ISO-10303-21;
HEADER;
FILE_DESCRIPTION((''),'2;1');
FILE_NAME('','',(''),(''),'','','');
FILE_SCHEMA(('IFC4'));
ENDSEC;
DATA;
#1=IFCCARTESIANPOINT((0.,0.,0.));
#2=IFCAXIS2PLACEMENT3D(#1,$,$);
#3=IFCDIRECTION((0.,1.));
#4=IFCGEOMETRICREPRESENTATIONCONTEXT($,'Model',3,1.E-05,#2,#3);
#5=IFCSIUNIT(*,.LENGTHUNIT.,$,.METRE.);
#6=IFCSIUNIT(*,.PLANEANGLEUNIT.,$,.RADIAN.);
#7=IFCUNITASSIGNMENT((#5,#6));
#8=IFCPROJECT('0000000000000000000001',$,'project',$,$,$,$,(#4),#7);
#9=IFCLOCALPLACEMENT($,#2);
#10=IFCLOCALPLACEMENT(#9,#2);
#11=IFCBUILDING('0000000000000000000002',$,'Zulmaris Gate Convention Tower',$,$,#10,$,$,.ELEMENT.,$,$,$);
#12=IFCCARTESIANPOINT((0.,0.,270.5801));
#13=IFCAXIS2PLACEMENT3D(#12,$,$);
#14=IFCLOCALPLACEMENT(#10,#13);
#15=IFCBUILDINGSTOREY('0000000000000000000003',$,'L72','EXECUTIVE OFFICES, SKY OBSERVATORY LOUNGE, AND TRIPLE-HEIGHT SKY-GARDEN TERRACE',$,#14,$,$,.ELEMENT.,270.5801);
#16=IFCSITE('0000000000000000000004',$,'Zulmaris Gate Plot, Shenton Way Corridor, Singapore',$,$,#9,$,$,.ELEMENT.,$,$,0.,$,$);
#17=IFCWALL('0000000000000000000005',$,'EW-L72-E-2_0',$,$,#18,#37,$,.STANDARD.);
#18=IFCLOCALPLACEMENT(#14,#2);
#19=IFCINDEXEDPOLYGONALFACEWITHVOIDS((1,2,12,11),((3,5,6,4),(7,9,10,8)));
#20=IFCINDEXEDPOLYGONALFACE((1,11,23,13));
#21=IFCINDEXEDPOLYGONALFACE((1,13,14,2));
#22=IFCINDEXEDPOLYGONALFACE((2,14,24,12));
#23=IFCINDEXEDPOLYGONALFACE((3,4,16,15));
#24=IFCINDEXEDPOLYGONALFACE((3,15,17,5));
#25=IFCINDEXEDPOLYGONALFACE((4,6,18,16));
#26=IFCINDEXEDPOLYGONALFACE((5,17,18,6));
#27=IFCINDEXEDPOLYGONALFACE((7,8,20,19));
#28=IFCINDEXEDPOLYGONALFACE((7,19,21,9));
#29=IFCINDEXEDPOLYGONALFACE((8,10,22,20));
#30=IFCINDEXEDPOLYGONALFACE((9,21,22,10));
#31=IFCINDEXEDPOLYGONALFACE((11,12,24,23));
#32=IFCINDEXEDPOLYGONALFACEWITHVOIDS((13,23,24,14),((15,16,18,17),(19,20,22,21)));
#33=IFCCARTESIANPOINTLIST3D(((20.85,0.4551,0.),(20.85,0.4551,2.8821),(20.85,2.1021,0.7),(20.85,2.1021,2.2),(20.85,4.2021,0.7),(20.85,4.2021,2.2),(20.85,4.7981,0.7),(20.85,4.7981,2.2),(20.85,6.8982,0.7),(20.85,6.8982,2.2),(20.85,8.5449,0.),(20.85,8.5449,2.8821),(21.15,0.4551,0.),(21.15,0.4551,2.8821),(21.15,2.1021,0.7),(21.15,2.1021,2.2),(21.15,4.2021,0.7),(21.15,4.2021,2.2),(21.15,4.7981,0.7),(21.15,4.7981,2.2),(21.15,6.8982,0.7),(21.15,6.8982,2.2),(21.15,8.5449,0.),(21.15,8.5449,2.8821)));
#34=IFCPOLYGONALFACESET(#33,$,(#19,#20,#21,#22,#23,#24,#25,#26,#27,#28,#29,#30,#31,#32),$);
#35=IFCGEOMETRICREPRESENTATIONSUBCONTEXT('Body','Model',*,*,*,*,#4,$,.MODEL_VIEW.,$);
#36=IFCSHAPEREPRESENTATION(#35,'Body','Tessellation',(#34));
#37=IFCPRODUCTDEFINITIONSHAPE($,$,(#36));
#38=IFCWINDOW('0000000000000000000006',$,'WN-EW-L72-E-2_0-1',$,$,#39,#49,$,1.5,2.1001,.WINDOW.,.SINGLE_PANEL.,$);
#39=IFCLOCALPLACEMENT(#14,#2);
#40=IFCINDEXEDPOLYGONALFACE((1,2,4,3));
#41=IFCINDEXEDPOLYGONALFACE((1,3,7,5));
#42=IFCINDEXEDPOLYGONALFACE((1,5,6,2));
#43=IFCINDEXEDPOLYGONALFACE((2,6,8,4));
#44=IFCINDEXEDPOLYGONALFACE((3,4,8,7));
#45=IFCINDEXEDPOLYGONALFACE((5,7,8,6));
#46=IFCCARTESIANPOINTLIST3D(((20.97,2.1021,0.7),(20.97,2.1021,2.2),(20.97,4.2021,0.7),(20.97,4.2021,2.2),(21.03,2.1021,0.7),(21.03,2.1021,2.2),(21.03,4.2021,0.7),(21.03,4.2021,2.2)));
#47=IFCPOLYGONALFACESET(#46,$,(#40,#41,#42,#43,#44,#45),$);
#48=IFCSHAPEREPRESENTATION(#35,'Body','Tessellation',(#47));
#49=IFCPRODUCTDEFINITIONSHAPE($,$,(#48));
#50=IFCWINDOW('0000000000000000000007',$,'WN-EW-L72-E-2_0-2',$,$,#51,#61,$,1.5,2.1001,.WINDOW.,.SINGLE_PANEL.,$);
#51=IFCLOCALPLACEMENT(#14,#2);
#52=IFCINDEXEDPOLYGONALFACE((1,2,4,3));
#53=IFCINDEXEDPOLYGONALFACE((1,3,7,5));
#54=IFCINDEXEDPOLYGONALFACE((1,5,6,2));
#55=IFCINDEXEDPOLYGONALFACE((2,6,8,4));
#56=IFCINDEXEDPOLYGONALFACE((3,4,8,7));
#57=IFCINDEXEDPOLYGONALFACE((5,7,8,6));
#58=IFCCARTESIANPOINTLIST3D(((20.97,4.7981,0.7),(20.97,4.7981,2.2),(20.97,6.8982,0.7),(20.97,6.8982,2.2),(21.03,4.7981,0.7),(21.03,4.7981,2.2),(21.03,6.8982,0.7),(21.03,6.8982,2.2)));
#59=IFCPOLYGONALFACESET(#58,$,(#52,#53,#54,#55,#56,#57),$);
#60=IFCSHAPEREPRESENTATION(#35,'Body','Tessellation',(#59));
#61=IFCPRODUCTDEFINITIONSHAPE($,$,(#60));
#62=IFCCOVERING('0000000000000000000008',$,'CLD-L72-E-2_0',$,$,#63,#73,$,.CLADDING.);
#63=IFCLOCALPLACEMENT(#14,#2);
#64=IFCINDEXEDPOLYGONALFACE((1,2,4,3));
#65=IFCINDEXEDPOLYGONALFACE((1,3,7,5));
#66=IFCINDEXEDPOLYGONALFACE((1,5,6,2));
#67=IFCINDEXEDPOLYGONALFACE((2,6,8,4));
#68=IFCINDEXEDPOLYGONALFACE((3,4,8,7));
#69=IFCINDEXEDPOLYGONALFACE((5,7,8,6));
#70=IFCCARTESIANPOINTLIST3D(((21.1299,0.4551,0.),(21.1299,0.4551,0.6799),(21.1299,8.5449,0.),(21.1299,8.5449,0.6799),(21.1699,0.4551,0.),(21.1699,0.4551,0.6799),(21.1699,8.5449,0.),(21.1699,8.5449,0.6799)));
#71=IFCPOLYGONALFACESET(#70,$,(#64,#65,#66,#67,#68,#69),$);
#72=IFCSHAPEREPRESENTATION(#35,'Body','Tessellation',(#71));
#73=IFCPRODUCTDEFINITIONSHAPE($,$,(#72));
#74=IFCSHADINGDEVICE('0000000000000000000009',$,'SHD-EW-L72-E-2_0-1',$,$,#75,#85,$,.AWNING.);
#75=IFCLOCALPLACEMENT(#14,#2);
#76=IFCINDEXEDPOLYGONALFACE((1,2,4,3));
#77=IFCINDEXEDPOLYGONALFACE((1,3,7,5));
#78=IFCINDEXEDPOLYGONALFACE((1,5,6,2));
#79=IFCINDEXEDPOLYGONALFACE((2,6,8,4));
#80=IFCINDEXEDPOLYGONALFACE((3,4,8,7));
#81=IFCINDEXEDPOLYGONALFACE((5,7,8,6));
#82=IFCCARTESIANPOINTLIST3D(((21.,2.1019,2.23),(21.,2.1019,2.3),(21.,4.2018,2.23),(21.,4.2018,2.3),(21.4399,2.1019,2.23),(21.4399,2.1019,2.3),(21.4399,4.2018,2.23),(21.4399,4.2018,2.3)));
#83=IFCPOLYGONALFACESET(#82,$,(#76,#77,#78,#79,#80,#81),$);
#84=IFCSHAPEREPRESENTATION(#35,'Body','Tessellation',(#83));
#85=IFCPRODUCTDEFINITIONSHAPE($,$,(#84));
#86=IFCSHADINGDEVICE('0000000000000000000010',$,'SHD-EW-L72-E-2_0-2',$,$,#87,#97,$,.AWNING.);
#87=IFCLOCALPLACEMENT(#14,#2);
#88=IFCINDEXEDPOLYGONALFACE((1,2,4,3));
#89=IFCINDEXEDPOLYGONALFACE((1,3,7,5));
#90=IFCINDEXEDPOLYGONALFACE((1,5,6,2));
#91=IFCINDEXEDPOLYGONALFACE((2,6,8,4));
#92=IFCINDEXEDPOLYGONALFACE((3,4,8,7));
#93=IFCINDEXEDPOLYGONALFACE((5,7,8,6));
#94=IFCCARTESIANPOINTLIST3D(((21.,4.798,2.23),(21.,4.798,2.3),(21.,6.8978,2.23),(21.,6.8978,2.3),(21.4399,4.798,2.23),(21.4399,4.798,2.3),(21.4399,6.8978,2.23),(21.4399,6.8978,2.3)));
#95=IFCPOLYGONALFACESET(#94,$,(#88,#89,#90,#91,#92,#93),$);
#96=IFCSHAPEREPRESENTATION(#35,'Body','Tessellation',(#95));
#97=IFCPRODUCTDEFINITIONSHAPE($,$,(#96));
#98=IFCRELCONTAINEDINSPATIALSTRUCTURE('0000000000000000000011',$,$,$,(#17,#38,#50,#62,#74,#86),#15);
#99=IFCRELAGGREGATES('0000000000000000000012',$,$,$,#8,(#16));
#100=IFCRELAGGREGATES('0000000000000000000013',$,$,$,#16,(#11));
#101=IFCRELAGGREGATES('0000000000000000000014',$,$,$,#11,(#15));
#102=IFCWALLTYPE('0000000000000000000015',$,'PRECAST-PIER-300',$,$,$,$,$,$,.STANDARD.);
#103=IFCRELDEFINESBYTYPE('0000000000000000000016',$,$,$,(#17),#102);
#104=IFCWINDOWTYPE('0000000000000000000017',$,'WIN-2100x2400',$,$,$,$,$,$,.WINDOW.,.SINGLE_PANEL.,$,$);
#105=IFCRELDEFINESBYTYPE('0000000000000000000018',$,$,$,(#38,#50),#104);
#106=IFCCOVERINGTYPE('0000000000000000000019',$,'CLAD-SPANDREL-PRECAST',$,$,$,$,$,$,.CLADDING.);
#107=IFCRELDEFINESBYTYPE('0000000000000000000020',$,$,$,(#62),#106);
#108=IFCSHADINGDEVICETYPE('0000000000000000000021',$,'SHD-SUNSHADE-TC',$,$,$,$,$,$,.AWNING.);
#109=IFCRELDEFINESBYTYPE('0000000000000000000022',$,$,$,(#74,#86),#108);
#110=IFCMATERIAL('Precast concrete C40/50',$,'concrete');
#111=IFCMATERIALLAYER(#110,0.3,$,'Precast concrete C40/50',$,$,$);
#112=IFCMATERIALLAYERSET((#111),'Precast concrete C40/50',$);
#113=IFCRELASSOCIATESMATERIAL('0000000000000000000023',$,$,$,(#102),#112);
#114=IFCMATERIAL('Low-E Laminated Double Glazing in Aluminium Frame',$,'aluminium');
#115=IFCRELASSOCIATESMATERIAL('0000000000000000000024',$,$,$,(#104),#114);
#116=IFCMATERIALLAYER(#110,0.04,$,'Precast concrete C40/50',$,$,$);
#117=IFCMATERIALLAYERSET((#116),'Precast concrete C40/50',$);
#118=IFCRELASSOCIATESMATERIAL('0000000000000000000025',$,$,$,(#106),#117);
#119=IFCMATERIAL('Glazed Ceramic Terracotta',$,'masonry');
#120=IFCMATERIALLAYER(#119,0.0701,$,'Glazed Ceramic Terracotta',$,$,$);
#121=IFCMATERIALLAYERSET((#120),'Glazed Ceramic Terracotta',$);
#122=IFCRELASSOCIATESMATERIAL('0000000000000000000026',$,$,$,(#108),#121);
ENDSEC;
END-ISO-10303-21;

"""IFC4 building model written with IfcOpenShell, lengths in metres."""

from ifc_helpers import new_model, si_unit, direction, frame, frame_2d, origin, place, context, subcontext, project, spatial, rectangle, extrude, material, layer, layer_set, type_object, element, fill, save


model = new_model("IFC4")

# Units and contexts
model_context = context("Model", 3, precision=1e-05, world=origin(), true_north=direction((0.0, 1.0)))
body_context = subcontext(model_context, "Body", "Model", "MODEL_VIEW")
ifc_project = project(units=[si_unit("LENGTHUNIT", "METRE"), si_unit("PLANEANGLEUNIT", "RADIAN")], contexts=[model_context])

# Site, building, storey
site_placement = place(None, origin())
site = spatial("IfcSite", under=ifc_project, at=site_placement, Name="Zulmaris Gate Plot, Shenton Way Corridor, Singapore", CompositionType="ELEMENT", RefElevation=0.0)
building_placement = place(site_placement, origin())
building = spatial("IfcBuilding", under=site, at=building_placement, Name="Zulmaris Gate Convention Tower", CompositionType="ELEMENT")
storey_placement = place(building_placement, frame((0.0, 0.0, 270.5801)))
storey = spatial("IfcBuildingStorey", under=building, at=storey_placement, Name="L72", Description="EXECUTIVE OFFICES, SKY OBSERVATORY LOUNGE, AND TRIPLE-HEIGHT SKY-GARDEN TERRACE", CompositionType="ELEMENT", Elevation=270.5801)

# Wall, openings, windows
ifc_material_1 = material(Name="Precast concrete C40/50", Category="concrete")
ifc_layer_1 = layer(ifc_material_1, 0.3, Name="Precast concrete C40/50")
ifc_layer_set_1 = layer_set([ifc_layer_1], Name="Precast concrete C40/50")
wall_type_1 = type_object("IfcWallType", Name="PRECAST-PIER-300", PredefinedType="STANDARD", material=ifc_layer_set_1)
wall_1_placement = place(storey_placement, frame((21.0, 0.4551, 0.0), z_axis=(0.0, 0.0, 1.0), x_axis=(0.0, 1.0, 0.0)))
wall_1 = element("IfcWall", 1, at=wall_1_placement, inside=storey, type_object=wall_type_1, Name="EW-L72-E-2_0", PredefinedType="STANDARD", context=body_context, shape_type="SweptSolid", body=[
    extrude(rectangle(XDim=8.0898, YDim=0.3, at=frame_2d((4.0449, 0.0))), origin(), (0.0, 0.0, 1.0), 2.8821),
])
opening_1_placement = place(wall_1_placement, frame((1.647, 0.0, 0.7)))
opening_1 = element("IfcOpeningElement", 2, at=opening_1_placement, cuts=wall_1, PredefinedType="OPENING", context=body_context, shape_type="SweptSolid", body=[
    extrude(rectangle(XDim=2.1001, YDim=1.5, at=frame_2d((1.05, 0.75))), frame((0.0, 0.1602, 0.0), z_axis=(0.0, -1.0, 0.0), x_axis=(1.0, 0.0, 0.0)), (0.0, 0.0, 1.0), 0.3201),
])
opening_2_placement = place(wall_1_placement, frame((4.343, 0.0, 0.7)))
opening_2 = element("IfcOpeningElement", 3, at=opening_2_placement, cuts=wall_1, PredefinedType="OPENING", context=body_context, shape_type="SweptSolid", body=[
    extrude(rectangle(XDim=2.1001, YDim=1.5, at=frame_2d((1.05, 0.75))), frame((0.0, 0.1602, 0.0), z_axis=(0.0, -1.0, 0.0), x_axis=(1.0, 0.0, 0.0)), (0.0, 0.0, 1.0), 0.3201),
])
ifc_material_2 = material(Name="Low-E Laminated Double Glazing in Aluminium Frame", Category="aluminium")
window_type = type_object("IfcWindowType", Name="WIN-2100x2400", PartitioningType="SINGLE_PANEL", PredefinedType="WINDOW", material=ifc_material_2)
window_1_placement = place(opening_1_placement, origin())
window_1 = element("IfcWindow", 4, at=window_1_placement, inside=storey, type_object=window_type, Name="WN-EW-L72-E-2_0-1", OverallHeight=1.5, OverallWidth=2.1001, PartitioningType="SINGLE_PANEL", PredefinedType="WINDOW", context=body_context, shape_type="SweptSolid", body=[
    extrude(rectangle(XDim=2.1001, YDim=1.5, at=frame_2d((1.05, 0.75))), frame((0.0, 0.03, 0.0), z_axis=(0.0, -1.0, 0.0), x_axis=(1.0, 0.0, 0.0)), (0.0, 0.0, 1.0), 0.0601),
])
fill(opening_1, window_1)
window_2_placement = place(opening_2_placement, origin())
window_2 = element("IfcWindow", 5, at=window_2_placement, inside=storey, type_object=window_type, Name="WN-EW-L72-E-2_0-2", OverallHeight=1.5, OverallWidth=2.1001, PartitioningType="SINGLE_PANEL", PredefinedType="WINDOW", context=body_context, shape_type="SweptSolid", body=[
    extrude(rectangle(XDim=2.1001, YDim=1.5, at=frame_2d((1.05, 0.75))), frame((0.0, 0.03, 0.0), z_axis=(0.0, -1.0, 0.0), x_axis=(1.0, 0.0, 0.0)), (0.0, 0.0, 1.0), 0.0601),
])
fill(opening_2, window_2)

# Covering
ifc_layer_2 = layer(ifc_material_1, 0.04, Name="Precast concrete C40/50")
ifc_layer_set_2 = layer_set([ifc_layer_2], Name="Precast concrete C40/50")
covering_type = type_object("IfcCoveringType", Name="CLAD-SPANDREL-PRECAST", PredefinedType="CLADDING", material=ifc_layer_set_2)
covering_placement = place(storey_placement, frame((21.1499, 0.4551, 0.0), z_axis=(0.0, 0.0, 1.0), x_axis=(0.0, 1.0, 0.0)))
element("IfcCovering", 6, at=covering_placement, inside=storey, type_object=covering_type, Name="CLD-L72-E-2_0", PredefinedType="CLADDING", context=body_context, shape_type="SweptSolid", body=[
    extrude(rectangle(XDim=8.0898, YDim=0.04, at=frame_2d((4.0449, 0.0))), origin(), (0.0, 0.0, 1.0), 0.6799),
])

# Shading devices
ifc_material_3 = material(Name="Glazed Ceramic Terracotta", Category="masonry")
ifc_layer_3 = layer(ifc_material_3, 0.0701, Name="Glazed Ceramic Terracotta")
ifc_layer_set_3 = layer_set([ifc_layer_3], Name="Glazed Ceramic Terracotta")
shading_device_type = type_object("IfcShadingDeviceType", Name="SHD-SUNSHADE-TC", PredefinedType="AWNING", material=ifc_layer_set_3)
for number, where, z_axis, x_axis, name in (
    (7, (21.22, 2.1021, 2.23), (0.0, 0.0, 1.0), (0.0, 1.0, 0.0), "SHD-EW-L72-E-2_0-1"),
    (8, (21.22, 4.7981, 2.23), (0.0, 0.0, 1.0), (0.0, 1.0, 0.0), "SHD-EW-L72-E-2_0-2"),
):
    element("IfcShadingDevice", number, at=place(storey_placement, frame(where, z_axis=z_axis, x_axis=x_axis)), inside=storey, type_object=shading_device_type, Name=name, PredefinedType="AWNING", context=body_context, shape_type="SweptSolid", body=[
        extrude(rectangle(XDim=2.0999, YDim=0.4399, at=frame_2d((1.0498, 0.0))), origin(), (0.0, 0.0, 1.0), 0.0701),
    ])

save(model, "model.ifc")
